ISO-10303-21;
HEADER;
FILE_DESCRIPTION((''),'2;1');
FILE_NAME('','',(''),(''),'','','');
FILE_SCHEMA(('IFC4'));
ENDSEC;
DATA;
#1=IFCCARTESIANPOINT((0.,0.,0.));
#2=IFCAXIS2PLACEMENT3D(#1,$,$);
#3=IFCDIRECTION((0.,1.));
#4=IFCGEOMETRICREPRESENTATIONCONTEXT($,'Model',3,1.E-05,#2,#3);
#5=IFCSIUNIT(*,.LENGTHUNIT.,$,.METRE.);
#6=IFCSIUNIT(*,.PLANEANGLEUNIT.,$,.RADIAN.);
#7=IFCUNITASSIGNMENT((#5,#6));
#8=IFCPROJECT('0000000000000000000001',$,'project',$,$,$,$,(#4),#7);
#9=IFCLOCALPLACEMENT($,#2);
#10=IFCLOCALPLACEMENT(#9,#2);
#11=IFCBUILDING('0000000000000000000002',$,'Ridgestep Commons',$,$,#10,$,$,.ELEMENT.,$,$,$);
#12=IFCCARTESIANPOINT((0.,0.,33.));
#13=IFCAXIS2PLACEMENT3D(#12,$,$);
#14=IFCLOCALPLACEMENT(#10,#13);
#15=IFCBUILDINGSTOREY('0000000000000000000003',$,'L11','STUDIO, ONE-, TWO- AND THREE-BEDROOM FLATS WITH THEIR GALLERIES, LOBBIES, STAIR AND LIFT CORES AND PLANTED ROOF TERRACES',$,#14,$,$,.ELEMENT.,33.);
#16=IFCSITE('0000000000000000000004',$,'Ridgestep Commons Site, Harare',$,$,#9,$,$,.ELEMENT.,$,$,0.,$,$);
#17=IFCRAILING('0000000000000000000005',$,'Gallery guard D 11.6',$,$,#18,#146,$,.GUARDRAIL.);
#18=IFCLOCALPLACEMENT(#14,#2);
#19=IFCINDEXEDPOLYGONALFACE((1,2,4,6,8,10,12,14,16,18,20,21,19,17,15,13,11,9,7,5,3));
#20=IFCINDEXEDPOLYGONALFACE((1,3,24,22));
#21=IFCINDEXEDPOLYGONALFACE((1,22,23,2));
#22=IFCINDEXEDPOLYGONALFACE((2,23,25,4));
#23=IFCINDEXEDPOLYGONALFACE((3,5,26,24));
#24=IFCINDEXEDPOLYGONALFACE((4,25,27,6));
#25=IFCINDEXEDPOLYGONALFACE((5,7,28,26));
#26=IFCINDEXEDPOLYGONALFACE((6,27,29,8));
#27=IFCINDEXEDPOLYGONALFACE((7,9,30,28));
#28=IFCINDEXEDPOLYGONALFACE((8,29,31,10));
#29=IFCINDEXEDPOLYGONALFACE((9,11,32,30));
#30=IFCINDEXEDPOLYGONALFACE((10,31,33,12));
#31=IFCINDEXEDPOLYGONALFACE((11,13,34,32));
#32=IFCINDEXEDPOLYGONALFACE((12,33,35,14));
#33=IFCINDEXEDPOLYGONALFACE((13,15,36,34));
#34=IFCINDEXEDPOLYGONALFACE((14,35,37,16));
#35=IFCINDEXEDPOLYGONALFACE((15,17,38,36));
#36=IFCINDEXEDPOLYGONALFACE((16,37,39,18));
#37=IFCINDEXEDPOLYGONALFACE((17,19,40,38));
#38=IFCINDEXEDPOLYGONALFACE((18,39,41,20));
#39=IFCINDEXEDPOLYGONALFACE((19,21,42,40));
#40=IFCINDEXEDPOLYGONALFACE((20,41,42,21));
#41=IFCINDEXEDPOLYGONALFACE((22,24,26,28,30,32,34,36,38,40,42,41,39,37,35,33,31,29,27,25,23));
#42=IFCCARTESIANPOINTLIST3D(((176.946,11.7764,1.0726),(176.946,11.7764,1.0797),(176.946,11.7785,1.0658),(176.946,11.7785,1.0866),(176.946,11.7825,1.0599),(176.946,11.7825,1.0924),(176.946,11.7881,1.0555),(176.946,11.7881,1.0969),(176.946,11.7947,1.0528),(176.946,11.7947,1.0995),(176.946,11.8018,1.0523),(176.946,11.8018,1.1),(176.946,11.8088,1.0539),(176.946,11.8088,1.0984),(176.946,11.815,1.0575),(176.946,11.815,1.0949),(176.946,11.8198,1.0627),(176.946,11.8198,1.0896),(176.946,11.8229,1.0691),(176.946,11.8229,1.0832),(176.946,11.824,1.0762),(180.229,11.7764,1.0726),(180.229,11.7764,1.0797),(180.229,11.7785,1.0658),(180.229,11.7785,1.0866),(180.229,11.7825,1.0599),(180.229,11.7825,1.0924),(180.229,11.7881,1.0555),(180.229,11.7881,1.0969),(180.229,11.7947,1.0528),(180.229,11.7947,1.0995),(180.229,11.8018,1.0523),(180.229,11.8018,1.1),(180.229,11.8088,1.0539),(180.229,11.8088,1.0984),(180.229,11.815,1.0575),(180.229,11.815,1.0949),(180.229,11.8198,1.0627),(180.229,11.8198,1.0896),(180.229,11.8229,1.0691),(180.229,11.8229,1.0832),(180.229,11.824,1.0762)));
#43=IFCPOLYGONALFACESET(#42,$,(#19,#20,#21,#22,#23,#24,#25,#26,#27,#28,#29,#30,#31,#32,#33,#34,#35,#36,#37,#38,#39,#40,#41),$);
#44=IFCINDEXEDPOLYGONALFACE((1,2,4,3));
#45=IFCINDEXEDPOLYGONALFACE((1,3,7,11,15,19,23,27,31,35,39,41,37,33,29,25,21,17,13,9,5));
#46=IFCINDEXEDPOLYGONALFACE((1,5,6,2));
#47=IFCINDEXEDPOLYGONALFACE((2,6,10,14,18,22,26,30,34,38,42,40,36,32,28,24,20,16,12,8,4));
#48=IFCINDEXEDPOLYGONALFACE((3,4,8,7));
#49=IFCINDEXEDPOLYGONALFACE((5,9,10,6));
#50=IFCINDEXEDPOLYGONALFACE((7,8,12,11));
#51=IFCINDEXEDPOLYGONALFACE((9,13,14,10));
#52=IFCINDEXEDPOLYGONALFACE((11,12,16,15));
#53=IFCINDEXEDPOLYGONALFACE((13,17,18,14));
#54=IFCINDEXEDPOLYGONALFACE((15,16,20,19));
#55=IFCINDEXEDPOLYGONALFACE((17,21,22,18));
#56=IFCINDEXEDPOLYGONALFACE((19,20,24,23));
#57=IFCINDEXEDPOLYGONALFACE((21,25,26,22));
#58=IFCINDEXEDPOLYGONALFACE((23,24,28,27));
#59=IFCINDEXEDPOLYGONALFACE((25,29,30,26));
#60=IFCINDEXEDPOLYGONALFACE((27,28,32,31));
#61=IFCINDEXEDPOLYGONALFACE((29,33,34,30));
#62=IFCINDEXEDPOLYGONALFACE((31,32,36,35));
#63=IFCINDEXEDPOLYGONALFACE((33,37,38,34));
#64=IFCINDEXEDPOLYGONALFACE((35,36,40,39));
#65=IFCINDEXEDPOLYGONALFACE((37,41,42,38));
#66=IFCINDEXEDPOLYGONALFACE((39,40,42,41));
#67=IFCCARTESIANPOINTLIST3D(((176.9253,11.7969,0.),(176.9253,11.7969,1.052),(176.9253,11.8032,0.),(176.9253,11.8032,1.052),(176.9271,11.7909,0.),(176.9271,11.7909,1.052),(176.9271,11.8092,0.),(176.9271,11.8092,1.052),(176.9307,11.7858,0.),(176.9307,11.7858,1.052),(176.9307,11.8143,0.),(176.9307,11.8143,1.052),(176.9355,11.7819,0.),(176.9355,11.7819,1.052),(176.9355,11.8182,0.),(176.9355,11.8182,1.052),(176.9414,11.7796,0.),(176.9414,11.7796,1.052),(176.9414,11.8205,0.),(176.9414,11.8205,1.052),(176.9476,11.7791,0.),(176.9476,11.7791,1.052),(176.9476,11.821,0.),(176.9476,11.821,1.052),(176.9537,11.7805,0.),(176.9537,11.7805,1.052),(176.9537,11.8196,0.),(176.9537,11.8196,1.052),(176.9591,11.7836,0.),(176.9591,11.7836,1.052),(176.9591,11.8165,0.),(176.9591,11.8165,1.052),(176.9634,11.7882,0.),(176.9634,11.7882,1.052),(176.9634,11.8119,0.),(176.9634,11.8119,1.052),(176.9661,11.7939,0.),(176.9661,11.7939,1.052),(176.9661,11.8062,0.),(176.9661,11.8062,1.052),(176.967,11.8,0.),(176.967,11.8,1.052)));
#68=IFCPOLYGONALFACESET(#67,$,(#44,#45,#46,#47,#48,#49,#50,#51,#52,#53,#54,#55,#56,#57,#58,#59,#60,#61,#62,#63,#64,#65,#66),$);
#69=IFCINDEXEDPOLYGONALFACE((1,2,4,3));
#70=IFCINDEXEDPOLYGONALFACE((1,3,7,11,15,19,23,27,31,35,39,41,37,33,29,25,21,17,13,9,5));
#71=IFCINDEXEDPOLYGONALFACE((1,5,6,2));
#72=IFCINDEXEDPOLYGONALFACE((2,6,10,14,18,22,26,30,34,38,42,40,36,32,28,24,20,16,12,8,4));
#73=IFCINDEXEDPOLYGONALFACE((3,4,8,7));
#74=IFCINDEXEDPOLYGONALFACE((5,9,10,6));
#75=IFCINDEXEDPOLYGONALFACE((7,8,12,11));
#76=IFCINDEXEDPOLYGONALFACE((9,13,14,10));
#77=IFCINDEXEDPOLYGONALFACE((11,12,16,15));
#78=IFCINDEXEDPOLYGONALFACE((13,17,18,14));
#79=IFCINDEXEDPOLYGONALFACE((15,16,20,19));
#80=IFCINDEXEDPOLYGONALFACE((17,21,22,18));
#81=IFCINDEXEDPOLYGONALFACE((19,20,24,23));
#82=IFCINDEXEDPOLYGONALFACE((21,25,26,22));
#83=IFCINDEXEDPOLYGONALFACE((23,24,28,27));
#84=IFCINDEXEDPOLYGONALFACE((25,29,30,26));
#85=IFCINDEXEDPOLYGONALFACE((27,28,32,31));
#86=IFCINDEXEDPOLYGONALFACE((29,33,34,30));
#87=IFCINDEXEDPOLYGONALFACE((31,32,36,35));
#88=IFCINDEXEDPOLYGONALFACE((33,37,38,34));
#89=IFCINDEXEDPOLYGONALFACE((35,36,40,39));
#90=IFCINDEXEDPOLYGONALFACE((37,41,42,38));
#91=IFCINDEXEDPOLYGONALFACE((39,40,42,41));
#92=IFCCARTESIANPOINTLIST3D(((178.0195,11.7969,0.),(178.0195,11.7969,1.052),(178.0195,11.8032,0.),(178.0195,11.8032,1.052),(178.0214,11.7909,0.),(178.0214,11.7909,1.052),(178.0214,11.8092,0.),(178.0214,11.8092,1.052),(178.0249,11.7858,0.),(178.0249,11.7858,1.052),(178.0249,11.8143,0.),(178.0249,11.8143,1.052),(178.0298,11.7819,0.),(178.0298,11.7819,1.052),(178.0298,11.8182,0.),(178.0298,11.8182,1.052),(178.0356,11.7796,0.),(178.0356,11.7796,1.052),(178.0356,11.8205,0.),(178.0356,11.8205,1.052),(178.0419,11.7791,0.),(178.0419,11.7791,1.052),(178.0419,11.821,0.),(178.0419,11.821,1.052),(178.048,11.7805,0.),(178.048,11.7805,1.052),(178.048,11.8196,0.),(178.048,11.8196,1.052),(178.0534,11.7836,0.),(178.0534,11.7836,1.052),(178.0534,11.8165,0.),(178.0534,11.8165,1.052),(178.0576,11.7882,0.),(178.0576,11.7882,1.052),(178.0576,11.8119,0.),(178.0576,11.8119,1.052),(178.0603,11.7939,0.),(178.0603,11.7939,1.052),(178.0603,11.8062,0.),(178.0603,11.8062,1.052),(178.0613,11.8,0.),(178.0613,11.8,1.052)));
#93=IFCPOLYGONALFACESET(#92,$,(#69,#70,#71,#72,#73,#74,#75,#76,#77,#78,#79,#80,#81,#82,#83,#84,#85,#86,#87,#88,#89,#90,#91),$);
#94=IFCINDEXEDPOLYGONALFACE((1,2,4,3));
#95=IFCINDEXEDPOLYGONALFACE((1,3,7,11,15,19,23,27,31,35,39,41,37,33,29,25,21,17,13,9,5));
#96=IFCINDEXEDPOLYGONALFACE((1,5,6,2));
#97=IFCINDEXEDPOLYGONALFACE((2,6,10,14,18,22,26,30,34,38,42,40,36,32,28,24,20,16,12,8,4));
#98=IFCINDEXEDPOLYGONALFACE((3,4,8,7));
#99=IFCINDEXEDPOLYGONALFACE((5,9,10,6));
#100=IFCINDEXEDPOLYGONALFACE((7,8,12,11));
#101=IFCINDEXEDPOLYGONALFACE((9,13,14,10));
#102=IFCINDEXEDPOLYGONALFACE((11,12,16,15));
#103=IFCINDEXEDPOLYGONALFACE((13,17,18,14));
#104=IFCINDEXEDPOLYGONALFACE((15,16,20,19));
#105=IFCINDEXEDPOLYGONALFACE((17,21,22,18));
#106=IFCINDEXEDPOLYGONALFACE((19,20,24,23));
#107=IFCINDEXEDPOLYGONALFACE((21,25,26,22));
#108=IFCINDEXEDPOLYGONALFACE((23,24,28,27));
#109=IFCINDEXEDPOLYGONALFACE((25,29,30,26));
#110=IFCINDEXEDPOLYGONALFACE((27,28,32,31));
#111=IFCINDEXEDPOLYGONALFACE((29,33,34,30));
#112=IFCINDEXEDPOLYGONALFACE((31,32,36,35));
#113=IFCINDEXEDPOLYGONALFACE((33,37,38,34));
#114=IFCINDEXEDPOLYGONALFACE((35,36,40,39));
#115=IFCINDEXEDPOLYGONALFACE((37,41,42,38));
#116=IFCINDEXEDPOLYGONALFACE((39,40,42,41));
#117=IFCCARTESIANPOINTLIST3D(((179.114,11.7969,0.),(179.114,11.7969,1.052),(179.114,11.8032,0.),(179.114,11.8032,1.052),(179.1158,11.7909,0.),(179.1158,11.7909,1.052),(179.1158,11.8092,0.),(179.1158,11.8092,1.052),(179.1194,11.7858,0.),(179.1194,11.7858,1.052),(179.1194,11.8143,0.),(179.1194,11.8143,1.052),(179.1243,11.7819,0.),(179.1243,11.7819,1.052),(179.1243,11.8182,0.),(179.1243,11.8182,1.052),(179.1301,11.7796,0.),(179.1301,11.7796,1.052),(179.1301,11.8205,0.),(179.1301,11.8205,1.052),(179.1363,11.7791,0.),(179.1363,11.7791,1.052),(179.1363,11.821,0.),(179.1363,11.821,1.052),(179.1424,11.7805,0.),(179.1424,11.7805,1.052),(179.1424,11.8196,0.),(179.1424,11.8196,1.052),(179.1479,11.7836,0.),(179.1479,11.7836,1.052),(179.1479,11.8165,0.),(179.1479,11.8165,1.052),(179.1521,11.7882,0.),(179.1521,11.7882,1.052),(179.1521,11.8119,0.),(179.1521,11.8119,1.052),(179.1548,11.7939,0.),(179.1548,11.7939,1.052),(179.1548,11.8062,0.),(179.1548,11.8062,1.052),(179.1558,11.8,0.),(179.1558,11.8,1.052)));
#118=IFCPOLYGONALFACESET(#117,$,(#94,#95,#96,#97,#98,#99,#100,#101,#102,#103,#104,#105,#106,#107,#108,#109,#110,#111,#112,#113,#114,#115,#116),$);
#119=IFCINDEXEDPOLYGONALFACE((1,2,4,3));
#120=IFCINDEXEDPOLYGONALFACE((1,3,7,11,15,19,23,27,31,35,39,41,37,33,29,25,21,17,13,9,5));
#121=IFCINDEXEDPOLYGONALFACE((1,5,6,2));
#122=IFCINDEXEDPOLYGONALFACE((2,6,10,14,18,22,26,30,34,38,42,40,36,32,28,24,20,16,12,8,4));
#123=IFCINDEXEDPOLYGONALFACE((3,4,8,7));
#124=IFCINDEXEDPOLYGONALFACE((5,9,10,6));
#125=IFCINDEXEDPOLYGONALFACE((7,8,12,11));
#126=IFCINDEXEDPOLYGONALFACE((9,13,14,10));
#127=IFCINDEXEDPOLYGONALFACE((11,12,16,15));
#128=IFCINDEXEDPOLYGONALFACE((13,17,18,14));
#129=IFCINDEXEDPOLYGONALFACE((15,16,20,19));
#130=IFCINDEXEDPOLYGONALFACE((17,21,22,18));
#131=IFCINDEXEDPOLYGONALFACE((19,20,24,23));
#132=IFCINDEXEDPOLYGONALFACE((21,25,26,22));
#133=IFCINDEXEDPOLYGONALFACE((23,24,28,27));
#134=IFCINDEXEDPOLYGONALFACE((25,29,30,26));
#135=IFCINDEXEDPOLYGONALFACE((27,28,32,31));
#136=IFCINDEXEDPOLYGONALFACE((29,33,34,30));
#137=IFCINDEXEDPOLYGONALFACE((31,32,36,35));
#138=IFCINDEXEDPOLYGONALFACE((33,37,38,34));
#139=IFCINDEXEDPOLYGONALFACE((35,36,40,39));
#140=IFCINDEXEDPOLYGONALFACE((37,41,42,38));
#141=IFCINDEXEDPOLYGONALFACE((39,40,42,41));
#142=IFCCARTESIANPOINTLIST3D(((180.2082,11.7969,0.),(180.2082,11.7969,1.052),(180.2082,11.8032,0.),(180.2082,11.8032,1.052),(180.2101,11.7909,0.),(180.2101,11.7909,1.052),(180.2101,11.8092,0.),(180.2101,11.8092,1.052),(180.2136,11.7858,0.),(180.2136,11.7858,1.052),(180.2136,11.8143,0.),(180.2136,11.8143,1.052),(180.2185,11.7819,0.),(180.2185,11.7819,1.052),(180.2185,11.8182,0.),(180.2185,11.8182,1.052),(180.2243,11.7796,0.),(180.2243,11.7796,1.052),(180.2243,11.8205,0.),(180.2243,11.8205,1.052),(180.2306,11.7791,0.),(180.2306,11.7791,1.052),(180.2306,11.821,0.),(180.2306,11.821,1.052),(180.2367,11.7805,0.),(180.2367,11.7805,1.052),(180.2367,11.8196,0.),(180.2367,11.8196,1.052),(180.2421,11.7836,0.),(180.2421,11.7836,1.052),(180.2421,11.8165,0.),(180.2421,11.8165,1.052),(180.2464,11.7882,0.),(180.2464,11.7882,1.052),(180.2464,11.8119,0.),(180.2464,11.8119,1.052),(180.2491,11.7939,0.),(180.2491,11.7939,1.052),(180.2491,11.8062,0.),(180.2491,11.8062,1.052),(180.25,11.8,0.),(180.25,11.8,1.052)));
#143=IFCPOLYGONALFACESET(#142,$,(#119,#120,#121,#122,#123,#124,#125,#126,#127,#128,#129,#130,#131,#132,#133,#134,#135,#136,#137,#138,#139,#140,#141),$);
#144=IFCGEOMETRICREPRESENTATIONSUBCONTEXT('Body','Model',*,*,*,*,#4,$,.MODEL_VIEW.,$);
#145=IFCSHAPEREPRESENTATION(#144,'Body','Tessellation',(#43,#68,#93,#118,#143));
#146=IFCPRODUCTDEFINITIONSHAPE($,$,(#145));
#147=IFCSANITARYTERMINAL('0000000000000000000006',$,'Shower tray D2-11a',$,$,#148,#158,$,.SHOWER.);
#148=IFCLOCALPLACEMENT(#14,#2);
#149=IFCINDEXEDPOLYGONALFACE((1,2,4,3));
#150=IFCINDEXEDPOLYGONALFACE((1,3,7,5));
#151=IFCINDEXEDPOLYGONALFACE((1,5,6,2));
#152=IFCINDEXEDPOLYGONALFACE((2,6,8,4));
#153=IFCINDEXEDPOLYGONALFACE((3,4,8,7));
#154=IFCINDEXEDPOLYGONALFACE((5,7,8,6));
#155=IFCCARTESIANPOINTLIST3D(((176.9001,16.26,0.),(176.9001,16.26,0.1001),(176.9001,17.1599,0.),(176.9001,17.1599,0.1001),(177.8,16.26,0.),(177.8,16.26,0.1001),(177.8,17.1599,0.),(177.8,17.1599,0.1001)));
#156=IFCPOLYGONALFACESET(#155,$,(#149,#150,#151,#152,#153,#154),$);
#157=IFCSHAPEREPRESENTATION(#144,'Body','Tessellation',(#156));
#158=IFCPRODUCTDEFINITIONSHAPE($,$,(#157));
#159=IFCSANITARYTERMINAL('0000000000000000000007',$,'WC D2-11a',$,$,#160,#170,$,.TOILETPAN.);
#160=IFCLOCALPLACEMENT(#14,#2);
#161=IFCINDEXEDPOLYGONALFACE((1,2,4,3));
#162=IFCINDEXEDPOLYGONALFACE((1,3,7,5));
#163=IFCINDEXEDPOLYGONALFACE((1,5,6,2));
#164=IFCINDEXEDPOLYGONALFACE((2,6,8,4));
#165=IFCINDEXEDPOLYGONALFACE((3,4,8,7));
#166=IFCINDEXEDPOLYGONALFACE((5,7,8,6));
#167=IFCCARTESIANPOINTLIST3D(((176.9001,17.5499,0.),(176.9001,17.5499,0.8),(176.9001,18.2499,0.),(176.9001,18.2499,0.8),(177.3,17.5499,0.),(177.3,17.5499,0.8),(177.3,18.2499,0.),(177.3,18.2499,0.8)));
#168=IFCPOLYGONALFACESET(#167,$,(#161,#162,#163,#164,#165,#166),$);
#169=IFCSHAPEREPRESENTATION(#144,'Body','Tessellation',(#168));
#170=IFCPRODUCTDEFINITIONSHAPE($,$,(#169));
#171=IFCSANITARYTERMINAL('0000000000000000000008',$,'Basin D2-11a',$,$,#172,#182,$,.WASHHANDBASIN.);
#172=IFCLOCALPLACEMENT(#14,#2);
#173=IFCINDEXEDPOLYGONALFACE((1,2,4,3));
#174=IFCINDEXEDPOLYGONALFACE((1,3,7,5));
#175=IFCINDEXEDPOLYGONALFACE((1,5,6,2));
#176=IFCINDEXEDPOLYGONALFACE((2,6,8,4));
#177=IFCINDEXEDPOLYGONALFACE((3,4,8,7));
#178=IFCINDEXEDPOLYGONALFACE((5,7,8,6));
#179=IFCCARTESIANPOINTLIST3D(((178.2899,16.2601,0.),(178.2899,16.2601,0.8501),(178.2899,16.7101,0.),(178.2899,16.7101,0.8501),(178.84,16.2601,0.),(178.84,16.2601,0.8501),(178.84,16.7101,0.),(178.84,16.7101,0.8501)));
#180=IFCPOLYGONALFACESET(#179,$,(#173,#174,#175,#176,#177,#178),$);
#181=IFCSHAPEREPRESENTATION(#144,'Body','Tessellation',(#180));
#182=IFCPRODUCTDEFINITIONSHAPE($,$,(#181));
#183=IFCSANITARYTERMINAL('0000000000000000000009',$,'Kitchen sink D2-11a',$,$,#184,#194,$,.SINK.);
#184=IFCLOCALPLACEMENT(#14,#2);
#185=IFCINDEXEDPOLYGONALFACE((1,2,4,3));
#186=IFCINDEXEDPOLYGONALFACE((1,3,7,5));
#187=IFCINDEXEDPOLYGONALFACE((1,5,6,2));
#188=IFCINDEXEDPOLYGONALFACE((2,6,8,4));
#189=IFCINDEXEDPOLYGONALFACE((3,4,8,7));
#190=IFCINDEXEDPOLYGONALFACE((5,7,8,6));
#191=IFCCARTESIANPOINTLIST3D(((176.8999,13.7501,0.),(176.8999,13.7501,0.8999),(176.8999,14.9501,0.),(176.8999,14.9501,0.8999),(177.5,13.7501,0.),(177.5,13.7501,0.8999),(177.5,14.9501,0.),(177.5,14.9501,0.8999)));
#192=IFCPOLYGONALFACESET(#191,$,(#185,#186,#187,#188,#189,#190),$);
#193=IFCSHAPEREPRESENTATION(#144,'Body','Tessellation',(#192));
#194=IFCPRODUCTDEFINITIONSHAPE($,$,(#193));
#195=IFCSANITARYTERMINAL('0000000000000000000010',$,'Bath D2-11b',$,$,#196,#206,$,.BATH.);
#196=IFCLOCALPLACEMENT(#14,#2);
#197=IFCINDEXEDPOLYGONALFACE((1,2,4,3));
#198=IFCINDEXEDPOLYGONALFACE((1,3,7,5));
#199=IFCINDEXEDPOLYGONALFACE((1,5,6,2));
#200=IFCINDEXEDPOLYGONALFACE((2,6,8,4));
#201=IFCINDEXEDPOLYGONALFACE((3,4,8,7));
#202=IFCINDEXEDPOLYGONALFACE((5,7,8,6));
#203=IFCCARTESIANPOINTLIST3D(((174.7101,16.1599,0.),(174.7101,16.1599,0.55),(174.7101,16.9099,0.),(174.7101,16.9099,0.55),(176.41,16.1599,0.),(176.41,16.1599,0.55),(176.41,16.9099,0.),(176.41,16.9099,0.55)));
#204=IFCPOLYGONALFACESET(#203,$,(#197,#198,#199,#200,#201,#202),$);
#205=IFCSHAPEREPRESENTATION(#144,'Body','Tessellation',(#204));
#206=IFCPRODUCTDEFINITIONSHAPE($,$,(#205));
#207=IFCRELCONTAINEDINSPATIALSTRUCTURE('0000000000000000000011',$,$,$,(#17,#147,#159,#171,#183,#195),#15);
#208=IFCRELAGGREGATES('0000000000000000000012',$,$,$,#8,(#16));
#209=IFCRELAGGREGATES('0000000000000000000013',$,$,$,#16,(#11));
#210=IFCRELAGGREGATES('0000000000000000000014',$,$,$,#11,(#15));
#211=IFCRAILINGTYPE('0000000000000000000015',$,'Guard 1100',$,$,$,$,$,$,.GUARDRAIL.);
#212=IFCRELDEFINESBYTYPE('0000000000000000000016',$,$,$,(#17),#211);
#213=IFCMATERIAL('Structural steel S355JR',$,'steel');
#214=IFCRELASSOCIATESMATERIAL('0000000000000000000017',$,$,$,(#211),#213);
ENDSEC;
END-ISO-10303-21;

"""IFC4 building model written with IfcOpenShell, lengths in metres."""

from ifc_helpers import new_model, si_unit, direction, frame, origin, origin_2d, place, context, subcontext, project, spatial, rectangle, circle, extrude, material, type_object, element, save


model = new_model("IFC4")

# Units and contexts
model_context = context("Model", 3, precision=1e-05, world=origin(), true_north=direction((0.0, 1.0)))
body_context = subcontext(model_context, "Body", "Model", "MODEL_VIEW")
ifc_project = project(units=[si_unit("LENGTHUNIT", "METRE"), si_unit("PLANEANGLEUNIT", "RADIAN")], contexts=[model_context])

# Site, building, storey
site_placement = place(None, origin())
site = spatial("IfcSite", under=ifc_project, at=site_placement, Name="Ridgestep Commons Site, Harare", CompositionType="ELEMENT", RefElevation=0.0)
building_placement = place(site_placement, origin())
building = spatial("IfcBuilding", under=site, at=building_placement, Name="Ridgestep Commons", CompositionType="ELEMENT")
storey_placement = place(building_placement, frame((0.0, 0.0, 33.0)))
storey = spatial("IfcBuildingStorey", under=building, at=storey_placement, Name="L11", Description="STUDIO, ONE-, TWO- AND THREE-BEDROOM FLATS WITH THEIR GALLERIES, LOBBIES, STAIR AND LIFT CORES AND PLANTED ROOF TERRACES", CompositionType="ELEMENT", Elevation=33.0)

# Railing
ifc_material_1 = material(Name="Structural steel S355JR", Category="steel")
railing_type = type_object("IfcRailingType", Name="Guard 1100", PredefinedType="GUARDRAIL", material=ifc_material_1)
railing_placement = place(storey_placement, frame((176.946, 11.8, 0.0)))
element("IfcRailing", 1, at=railing_placement, inside=storey, type_object=railing_type, Name="Gallery guard D 11.6", PredefinedType="GUARDRAIL", context=body_context, shape_type="SweptSolid", body=[
    extrude(circle(Radius=0.0239, at=origin_2d()), frame((0.0, 0.0, 1.0762), z_axis=(1.0, 0.0, 0.0), x_axis=(0.0, 1.0, 0.0)), (0.0, 0.0, 1.0), 3.283),
    extrude(circle(Radius=0.021, at=origin_2d()), origin(), (0.0, 0.0, 1.0), 1.052),
    extrude(circle(Radius=0.021, at=origin_2d()), frame((1.0942, 0.0, 0.0)), (0.0, 0.0, 1.0), 1.052),
    extrude(circle(Radius=0.021, at=origin_2d()), frame((2.1887, 0.0, 0.0)), (0.0, 0.0, 1.0), 1.052),
    extrude(circle(Radius=0.021, at=origin_2d()), frame((3.283, 0.0, 0.0)), (0.0, 0.0, 1.0), 1.052),
])

# Sanitary terminals
sanitary_terminal_1_placement = place(storey_placement, frame((177.3501, 16.71, 0.0), z_axis=(0.0, 0.0, 1.0), x_axis=(1.0, 0.0, 0.0)))
element("IfcSanitaryTerminal", 2, at=sanitary_terminal_1_placement, inside=storey, Name="Shower tray D2-11a", PredefinedType="SHOWER", context=body_context, shape_type="SweptSolid", body=[
    extrude(rectangle(XDim=0.8999, YDim=0.8999, at=origin_2d()), origin(), (0.0, 0.0, 1.0), 0.1001),
])
sanitary_terminal_2_placement = place(storey_placement, frame((177.1001, 17.8999, 0.0), z_axis=(0.0, 0.0, 1.0), x_axis=(1.0, 0.0, 0.0)))
element("IfcSanitaryTerminal", 3, at=sanitary_terminal_2_placement, inside=storey, Name="WC D2-11a", PredefinedType="TOILETPAN", context=body_context, shape_type="SweptSolid", body=[
    extrude(rectangle(XDim=0.3999, YDim=0.7, at=origin_2d()), origin(), (0.0, 0.0, 1.0), 0.8),
])
sanitary_terminal_3_placement = place(storey_placement, frame((178.5649, 16.4851, 0.0), z_axis=(0.0, 0.0, 1.0), x_axis=(1.0, 0.0, 0.0)))
element("IfcSanitaryTerminal", 4, at=sanitary_terminal_3_placement, inside=storey, Name="Basin D2-11a", PredefinedType="WASHHANDBASIN", context=body_context, shape_type="SweptSolid", body=[
    extrude(rectangle(XDim=0.55, YDim=0.45, at=origin_2d()), origin(), (0.0, 0.0, 1.0), 0.8501),
])
sanitary_terminal_4_placement = place(storey_placement, frame((177.2, 14.3501, 0.0), z_axis=(0.0, 0.0, 1.0), x_axis=(1.0, 0.0, 0.0)))
element("IfcSanitaryTerminal", 5, at=sanitary_terminal_4_placement, inside=storey, Name="Kitchen sink D2-11a", PredefinedType="SINK", context=body_context, shape_type="SweptSolid", body=[
    extrude(rectangle(XDim=0.6001, YDim=1.2, at=origin_2d()), origin(), (0.0, 0.0, 1.0), 0.8999),
])
sanitary_terminal_5_placement = place(storey_placement, frame((175.5601, 16.5349, 0.0), z_axis=(0.0, 0.0, 1.0), x_axis=(1.0, 0.0, 0.0)))
element("IfcSanitaryTerminal", 6, at=sanitary_terminal_5_placement, inside=storey, Name="Bath D2-11b", PredefinedType="BATH", context=body_context, shape_type="SweptSolid", body=[
    extrude(rectangle(XDim=1.7, YDim=0.75, at=origin_2d()), origin(), (0.0, 0.0, 1.0), 0.55),
])

save(model, "model.ifc")
